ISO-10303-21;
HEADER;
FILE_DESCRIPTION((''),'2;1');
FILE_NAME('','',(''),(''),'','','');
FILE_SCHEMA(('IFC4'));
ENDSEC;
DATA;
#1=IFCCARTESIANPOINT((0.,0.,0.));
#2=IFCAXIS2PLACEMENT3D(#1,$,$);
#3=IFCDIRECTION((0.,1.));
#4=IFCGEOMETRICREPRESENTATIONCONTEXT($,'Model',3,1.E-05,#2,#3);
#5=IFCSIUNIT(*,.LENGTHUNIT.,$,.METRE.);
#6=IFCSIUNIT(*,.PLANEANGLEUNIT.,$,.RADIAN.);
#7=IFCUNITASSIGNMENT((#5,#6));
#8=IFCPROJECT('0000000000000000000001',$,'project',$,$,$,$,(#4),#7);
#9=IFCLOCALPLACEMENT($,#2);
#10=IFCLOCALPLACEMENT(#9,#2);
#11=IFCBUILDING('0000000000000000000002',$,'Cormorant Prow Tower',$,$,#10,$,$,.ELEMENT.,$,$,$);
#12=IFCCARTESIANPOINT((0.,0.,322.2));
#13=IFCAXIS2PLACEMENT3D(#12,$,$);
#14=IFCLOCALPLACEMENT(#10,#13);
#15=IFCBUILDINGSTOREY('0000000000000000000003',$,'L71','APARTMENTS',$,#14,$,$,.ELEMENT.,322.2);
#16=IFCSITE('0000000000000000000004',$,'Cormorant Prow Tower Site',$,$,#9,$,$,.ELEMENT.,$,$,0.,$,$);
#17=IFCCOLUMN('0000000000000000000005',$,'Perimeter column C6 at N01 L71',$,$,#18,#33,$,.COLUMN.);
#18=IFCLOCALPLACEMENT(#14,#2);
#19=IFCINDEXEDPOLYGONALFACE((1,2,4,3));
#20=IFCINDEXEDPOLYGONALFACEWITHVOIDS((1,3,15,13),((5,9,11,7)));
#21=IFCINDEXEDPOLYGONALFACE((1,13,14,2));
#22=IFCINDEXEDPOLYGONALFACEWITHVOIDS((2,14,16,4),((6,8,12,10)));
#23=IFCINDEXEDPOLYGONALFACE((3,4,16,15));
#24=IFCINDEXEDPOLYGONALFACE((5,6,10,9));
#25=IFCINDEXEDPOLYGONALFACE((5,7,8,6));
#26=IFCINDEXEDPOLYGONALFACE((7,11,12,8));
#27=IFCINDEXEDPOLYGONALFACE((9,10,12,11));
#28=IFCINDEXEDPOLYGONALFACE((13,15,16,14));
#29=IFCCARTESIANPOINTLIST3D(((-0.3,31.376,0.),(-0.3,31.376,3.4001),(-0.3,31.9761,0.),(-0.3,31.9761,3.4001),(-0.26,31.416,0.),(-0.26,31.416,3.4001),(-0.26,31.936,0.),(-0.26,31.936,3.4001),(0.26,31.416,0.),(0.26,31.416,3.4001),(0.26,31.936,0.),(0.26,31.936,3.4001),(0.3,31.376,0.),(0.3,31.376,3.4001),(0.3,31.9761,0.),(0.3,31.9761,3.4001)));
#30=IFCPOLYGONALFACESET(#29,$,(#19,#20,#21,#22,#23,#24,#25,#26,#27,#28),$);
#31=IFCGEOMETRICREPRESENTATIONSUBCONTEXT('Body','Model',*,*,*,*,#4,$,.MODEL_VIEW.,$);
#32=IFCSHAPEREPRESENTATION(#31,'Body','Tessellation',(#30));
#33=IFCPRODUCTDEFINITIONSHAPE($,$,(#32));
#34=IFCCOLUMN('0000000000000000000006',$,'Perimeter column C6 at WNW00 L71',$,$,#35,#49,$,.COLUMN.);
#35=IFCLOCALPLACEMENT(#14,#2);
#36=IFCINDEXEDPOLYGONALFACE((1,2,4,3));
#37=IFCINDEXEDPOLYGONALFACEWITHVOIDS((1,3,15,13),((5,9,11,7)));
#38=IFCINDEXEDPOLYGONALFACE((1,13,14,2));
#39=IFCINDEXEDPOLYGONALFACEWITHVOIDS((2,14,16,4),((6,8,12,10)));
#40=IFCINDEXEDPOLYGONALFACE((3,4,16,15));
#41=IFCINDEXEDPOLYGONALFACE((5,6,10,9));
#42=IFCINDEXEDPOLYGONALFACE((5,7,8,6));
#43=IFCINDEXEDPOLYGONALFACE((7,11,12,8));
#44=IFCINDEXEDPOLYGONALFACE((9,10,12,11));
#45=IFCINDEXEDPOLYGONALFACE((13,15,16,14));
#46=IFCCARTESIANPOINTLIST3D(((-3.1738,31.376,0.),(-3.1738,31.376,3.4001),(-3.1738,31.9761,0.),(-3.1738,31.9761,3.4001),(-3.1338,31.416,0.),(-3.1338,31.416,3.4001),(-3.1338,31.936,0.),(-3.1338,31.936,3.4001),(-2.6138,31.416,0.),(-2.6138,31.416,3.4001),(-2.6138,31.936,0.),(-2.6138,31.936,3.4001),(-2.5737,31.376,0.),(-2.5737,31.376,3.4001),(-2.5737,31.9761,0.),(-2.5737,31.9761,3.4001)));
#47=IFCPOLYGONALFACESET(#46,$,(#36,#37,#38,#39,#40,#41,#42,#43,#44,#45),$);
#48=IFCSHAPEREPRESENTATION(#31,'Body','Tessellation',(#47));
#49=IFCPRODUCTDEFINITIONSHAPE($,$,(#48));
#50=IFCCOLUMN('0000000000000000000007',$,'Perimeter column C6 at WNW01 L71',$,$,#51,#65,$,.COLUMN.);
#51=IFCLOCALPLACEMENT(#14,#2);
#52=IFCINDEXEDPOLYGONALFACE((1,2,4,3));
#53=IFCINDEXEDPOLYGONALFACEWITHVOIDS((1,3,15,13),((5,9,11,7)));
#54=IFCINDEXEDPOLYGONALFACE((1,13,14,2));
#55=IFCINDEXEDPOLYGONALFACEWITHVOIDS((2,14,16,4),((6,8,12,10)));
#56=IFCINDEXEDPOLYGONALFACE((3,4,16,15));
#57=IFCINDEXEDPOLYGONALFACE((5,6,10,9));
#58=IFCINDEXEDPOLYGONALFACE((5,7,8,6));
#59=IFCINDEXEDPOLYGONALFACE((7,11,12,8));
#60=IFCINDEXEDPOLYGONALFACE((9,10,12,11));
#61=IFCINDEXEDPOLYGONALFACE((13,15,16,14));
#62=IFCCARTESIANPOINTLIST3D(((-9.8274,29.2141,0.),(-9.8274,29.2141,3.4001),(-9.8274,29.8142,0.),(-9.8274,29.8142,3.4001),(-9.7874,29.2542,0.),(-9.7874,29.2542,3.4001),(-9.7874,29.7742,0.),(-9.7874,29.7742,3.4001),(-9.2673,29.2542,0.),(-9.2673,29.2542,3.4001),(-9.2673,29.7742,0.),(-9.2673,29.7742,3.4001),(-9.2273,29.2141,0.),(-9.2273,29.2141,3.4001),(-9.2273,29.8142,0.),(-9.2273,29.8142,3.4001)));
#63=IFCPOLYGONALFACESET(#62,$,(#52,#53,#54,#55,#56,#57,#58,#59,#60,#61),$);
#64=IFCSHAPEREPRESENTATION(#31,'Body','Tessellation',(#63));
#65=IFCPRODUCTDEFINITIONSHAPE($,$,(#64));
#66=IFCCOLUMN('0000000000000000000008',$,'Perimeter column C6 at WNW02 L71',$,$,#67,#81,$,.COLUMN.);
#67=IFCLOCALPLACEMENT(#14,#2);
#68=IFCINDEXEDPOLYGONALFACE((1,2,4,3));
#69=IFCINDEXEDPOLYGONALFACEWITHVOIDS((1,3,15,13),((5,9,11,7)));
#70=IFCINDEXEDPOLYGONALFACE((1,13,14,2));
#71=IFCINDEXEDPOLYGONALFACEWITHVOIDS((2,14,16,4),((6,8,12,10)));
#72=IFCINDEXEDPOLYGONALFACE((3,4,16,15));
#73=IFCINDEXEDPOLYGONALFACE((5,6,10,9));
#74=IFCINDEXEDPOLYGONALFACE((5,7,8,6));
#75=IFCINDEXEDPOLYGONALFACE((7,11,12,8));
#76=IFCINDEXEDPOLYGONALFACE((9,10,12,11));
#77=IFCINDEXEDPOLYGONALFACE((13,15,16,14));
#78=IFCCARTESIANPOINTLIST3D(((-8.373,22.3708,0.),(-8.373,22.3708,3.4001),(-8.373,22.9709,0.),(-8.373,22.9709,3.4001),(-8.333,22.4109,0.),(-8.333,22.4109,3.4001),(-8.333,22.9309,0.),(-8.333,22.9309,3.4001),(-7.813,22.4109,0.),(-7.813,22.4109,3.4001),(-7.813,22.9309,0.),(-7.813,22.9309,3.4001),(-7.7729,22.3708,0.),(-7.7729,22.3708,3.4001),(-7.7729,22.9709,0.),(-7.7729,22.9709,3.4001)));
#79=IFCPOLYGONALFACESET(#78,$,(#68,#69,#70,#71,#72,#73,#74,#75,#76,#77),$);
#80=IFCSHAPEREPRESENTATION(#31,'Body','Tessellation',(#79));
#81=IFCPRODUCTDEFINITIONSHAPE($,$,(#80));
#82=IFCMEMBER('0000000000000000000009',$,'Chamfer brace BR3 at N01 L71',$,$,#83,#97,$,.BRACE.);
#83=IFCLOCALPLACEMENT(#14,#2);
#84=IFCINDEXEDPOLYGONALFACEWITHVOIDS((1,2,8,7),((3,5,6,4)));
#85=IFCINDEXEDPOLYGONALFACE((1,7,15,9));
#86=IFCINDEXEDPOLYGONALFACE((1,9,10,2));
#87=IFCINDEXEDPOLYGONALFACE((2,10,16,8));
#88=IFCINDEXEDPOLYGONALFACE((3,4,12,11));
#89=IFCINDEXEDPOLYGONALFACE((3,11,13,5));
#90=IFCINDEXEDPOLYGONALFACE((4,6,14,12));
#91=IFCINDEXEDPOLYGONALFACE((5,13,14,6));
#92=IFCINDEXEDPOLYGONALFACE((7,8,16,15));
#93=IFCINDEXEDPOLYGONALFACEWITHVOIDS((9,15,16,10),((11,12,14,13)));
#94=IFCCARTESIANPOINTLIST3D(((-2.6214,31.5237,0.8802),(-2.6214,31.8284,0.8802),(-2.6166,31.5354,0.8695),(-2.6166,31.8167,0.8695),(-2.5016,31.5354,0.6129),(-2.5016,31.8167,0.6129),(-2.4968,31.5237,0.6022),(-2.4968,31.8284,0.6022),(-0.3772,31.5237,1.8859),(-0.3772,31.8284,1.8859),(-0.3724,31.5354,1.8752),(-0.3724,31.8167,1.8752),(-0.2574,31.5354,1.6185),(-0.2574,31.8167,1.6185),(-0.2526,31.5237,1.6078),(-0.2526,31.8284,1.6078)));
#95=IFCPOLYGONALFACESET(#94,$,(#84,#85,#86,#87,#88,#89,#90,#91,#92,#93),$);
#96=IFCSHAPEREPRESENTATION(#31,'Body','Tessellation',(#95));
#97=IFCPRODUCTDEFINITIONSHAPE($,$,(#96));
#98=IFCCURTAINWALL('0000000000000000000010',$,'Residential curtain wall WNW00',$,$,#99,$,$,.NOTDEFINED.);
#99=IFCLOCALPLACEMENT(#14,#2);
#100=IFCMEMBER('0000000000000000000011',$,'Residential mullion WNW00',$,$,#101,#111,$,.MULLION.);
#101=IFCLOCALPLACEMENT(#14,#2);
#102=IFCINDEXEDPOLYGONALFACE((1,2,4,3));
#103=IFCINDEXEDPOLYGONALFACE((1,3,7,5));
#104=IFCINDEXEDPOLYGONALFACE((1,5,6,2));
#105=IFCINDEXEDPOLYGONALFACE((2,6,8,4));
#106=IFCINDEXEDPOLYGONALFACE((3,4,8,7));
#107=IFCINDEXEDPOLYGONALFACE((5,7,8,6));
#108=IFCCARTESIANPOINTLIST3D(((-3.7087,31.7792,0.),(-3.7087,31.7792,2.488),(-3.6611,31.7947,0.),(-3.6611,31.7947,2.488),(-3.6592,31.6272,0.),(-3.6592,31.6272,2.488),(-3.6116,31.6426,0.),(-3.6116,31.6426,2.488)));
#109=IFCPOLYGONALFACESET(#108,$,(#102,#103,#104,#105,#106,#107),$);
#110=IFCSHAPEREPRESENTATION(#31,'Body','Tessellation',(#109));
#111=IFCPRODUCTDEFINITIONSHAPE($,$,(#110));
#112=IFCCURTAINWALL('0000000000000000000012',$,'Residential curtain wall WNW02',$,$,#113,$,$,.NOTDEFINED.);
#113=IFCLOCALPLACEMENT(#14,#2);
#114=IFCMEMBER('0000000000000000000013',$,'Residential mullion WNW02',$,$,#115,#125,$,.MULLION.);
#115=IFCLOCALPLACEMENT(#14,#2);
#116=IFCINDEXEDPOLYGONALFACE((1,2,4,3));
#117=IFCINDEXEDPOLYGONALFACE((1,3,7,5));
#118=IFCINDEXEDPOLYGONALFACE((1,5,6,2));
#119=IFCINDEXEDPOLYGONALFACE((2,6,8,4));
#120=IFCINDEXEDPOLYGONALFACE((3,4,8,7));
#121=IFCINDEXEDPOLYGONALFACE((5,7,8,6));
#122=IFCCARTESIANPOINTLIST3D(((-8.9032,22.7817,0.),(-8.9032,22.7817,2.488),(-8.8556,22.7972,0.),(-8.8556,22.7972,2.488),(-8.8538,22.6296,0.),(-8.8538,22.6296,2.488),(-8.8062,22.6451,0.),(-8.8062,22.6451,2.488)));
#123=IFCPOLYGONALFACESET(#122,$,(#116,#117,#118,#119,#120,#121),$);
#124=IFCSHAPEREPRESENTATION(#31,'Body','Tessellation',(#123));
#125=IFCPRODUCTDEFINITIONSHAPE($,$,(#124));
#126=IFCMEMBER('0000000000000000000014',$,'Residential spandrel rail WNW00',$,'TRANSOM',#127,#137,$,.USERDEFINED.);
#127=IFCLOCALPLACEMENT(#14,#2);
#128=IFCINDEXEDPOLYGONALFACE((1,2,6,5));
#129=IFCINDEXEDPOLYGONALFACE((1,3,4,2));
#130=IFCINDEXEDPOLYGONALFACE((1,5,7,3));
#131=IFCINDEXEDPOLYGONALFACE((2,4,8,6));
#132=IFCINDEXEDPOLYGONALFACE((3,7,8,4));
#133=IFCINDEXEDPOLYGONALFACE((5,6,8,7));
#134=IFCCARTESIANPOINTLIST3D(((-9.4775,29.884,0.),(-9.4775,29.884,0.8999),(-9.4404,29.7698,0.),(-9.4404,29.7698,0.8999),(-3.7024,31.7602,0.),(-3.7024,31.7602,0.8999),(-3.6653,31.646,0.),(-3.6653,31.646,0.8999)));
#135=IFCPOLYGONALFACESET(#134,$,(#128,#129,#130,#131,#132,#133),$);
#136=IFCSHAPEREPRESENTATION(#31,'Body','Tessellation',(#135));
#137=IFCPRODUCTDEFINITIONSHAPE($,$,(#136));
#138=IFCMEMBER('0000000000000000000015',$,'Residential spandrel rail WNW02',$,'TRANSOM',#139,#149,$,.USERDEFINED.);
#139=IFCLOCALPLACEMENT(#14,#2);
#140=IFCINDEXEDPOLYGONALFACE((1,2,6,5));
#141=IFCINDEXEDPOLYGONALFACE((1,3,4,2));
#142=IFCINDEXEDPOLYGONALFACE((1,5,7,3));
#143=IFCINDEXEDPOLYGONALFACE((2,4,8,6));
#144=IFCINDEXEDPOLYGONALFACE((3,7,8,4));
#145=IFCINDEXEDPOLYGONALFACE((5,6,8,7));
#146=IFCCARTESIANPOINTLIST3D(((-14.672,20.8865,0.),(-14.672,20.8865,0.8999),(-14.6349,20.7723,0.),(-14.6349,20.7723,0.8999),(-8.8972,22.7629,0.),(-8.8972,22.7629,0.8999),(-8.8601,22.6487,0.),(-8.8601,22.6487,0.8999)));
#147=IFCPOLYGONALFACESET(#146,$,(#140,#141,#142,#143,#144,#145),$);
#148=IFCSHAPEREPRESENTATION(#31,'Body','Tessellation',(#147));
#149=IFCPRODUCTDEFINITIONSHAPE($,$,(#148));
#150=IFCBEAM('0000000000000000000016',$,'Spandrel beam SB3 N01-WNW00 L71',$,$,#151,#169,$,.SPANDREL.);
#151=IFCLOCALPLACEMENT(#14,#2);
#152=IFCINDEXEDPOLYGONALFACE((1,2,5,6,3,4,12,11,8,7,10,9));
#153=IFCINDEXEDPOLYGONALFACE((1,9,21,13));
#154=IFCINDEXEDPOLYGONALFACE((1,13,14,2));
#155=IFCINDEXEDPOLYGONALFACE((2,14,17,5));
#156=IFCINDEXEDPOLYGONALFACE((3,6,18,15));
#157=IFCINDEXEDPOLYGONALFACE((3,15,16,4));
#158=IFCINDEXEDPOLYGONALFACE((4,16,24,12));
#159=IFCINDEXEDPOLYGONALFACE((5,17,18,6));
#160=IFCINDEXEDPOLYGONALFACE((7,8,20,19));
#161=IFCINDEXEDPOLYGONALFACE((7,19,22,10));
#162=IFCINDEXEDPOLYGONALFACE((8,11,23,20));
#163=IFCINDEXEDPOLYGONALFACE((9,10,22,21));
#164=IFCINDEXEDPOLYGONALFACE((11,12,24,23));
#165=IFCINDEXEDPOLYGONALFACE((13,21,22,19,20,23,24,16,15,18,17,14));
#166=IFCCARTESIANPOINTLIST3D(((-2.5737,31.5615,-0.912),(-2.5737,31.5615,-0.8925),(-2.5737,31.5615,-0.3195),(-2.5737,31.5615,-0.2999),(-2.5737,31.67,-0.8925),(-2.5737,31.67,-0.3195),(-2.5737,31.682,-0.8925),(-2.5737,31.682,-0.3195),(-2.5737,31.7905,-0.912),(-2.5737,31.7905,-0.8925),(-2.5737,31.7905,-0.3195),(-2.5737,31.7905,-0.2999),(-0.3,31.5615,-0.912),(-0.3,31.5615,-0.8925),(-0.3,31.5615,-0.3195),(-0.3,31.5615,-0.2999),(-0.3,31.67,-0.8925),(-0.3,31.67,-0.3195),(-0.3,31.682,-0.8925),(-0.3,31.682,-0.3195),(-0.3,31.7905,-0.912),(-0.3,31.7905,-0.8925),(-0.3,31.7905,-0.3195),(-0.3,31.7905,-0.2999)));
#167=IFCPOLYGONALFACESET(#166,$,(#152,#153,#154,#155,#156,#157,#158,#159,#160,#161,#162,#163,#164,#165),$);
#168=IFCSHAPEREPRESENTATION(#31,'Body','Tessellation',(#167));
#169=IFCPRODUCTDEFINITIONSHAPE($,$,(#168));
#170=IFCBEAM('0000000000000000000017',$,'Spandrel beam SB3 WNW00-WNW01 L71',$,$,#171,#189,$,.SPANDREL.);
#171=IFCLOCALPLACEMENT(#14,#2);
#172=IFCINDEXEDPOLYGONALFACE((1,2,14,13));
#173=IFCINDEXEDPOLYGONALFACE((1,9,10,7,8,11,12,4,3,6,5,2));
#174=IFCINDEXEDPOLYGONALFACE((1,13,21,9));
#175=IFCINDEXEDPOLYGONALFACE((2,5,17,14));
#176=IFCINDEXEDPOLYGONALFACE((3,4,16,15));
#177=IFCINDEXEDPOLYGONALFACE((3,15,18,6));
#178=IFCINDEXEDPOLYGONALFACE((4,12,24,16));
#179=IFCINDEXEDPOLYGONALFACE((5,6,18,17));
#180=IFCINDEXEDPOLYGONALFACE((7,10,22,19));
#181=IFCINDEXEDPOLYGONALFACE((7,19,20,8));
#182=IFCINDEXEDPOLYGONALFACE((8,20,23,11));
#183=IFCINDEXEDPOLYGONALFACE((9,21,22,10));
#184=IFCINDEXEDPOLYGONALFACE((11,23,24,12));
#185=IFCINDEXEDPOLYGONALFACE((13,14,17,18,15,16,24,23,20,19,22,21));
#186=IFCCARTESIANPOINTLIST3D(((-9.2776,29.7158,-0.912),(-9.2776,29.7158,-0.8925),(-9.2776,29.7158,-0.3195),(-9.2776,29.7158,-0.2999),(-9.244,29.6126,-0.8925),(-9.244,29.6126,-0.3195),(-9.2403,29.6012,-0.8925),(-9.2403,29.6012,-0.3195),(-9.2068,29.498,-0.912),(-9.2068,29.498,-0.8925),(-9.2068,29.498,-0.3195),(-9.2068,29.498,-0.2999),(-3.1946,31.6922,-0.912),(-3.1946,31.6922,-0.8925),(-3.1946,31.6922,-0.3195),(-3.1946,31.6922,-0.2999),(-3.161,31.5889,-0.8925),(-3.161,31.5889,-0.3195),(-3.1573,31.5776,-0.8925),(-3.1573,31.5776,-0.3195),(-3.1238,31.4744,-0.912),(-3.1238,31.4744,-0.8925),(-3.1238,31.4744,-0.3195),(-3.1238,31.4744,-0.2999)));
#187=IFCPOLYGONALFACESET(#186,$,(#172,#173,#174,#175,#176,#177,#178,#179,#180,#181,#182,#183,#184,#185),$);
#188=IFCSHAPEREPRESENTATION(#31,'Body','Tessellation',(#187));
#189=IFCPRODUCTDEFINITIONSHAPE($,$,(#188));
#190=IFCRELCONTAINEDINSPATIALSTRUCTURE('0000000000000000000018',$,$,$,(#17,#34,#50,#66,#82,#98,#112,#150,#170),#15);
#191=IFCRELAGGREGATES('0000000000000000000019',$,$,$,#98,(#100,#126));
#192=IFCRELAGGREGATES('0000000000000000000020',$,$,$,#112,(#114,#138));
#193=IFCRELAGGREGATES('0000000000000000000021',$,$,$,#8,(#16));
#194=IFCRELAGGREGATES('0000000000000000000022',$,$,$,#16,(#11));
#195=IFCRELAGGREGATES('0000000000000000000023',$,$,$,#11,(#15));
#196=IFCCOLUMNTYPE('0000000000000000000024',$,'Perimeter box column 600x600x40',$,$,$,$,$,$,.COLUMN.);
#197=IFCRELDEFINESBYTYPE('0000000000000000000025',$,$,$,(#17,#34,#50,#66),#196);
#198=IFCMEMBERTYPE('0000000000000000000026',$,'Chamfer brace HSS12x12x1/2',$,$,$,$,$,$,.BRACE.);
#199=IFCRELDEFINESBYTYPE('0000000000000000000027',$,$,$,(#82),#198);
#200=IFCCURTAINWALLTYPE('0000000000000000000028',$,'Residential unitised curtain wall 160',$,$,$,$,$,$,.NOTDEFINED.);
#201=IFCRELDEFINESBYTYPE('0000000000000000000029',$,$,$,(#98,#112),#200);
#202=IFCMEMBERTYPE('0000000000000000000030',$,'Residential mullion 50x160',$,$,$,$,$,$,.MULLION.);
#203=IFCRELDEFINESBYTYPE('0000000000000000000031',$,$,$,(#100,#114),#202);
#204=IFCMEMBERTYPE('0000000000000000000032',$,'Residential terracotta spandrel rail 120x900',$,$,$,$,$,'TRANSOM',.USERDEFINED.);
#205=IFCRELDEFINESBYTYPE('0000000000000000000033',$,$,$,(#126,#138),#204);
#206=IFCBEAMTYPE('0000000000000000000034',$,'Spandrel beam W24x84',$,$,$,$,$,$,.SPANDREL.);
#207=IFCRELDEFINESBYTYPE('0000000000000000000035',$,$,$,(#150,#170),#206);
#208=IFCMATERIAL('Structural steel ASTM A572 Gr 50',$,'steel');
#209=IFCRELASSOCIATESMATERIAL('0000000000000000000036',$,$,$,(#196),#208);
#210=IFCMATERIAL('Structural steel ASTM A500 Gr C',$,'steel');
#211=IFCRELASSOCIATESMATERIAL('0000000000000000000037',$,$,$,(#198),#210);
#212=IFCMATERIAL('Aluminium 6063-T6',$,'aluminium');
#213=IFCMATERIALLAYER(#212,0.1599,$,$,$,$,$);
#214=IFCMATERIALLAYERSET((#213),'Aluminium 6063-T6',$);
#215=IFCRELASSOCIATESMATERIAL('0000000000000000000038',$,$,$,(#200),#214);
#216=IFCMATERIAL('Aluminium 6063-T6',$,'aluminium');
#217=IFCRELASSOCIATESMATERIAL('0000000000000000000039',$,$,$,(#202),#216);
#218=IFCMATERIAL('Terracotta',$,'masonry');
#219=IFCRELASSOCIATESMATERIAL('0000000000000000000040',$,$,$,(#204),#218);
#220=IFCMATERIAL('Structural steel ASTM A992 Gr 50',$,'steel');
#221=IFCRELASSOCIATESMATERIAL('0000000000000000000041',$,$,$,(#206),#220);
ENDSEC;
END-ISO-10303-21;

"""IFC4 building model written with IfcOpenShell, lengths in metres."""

from ifc_helpers import new_model, si_unit, direction, frame, origin, origin_2d, place, context, subcontext, project, spatial, rectangle, hollow_rectangle, i_section, extrude, material, layer, layer_set, material_profile, profile_set, type_object, element, aggregate, save


model = new_model("IFC4")

# Units and contexts
model_context = context("Model", 3, precision=1e-05, world=origin(), true_north=direction((0.0, 1.0)))
body_context = subcontext(model_context, "Body", "Model", "MODEL_VIEW")
ifc_project = project(units=[si_unit("LENGTHUNIT", "METRE"), si_unit("PLANEANGLEUNIT", "RADIAN")], contexts=[model_context])

# Site, building, storey
site_placement = place(None, origin())
site = spatial("IfcSite", under=ifc_project, at=site_placement, Name="Cormorant Prow Tower Site", CompositionType="ELEMENT", RefElevation=0.0)
building_placement = place(site_placement, origin())
building = spatial("IfcBuilding", under=site, at=building_placement, Name="Cormorant Prow Tower", CompositionType="ELEMENT")
storey_placement = place(building_placement, frame((0.0, 0.0, 322.2)))
storey = spatial("IfcBuildingStorey", under=building, at=storey_placement, Name="L71", Description="APARTMENTS", CompositionType="ELEMENT", Elevation=322.2)

# Columns
ifc_material_1 = material(Name="Structural steel ASTM A572 Gr 50", Category="steel")
ifc_material_profile_1 = material_profile(ifc_material_1, hollow_rectangle(XDim=0.6001, YDim=0.6001, WallThickness=0.04, at=origin_2d()), Name="Box 600x600x40")
ifc_profile_set_1 = profile_set([ifc_material_profile_1], Name="Structural steel ASTM A572 Gr 50")
column_type = type_object("IfcColumnType", Name="Perimeter box column 600x600x40", PredefinedType="COLUMN", material=ifc_profile_set_1)
for number, where, z_axis, x_axis, name in (
    (1, (0.0, 31.676, 0.0), (0.0, 0.0, 1.0), (1.0, 0.0, 0.0), "Perimeter column C6 at N01 L71"),
    (2, (-2.8738, 31.676, 0.0), (0.0, 0.0, 1.0), (1.0, 0.0, 0.0), "Perimeter column C6 at WNW00 L71"),
    (3, (-9.5273, 29.5142, 0.0), (0.0, 0.0, 1.0), (1.0, 0.0, 0.0), "Perimeter column C6 at WNW01 L71"),
    (4, (-8.073, 22.6709, 0.0), (0.0, 0.0, 1.0), (1.0, 0.0, 0.0), "Perimeter column C6 at WNW02 L71"),
):
    element("IfcColumn", number, at=place(storey_placement, frame(where, z_axis=z_axis, x_axis=x_axis)), inside=storey, type_object=column_type, Name=name, PredefinedType="COLUMN", context=body_context, shape_type="SweptSolid", body=[
        extrude(hollow_rectangle(XDim=0.6001, YDim=0.6001, WallThickness=0.04, at=origin_2d()), origin(), (0.0, 0.0, 1.0), 3.4001),
    ])

# Member
ifc_material_2 = material(Name="Structural steel ASTM A500 Gr C", Category="steel")
ifc_material_profile_2 = material_profile(ifc_material_2, hollow_rectangle(XDim=0.3047, YDim=0.3047, WallThickness=0.0117, at=origin_2d()), Name="HSS12x12x1/2")
ifc_profile_set_2 = profile_set([ifc_material_profile_2], Name="Structural steel ASTM A500 Gr C")
member_type_1 = type_object("IfcMemberType", Name="Chamfer brace HSS12x12x1/2", PredefinedType="BRACE", material=ifc_profile_set_2)
member_1_placement = place(storey_placement, frame((-2.5591, 31.676, 0.7412), z_axis=(0.912567, 0.0, 0.408928), x_axis=(0.0, 1.0, 0.0)))
element("IfcMember", 5, at=member_1_placement, inside=storey, type_object=member_type_1, Name="Chamfer brace BR3 at N01 L71", PredefinedType="BRACE", context=body_context, shape_type="SweptSolid", body=[
    extrude(hollow_rectangle(XDim=0.3047, YDim=0.3047, WallThickness=0.0117, at=origin_2d()), origin(), (0.0, 0.0, 1.0), 2.4592),
])

# Curtain walls, members
ifc_material_3 = material(Name="Aluminium 6063-T6", Category="aluminium")
ifc_layer_1 = layer(ifc_material_3, 0.1599)
ifc_layer_set_1 = layer_set([ifc_layer_1], Name="Aluminium 6063-T6")
curtain_wall_type = type_object("IfcCurtainWallType", Name="Residential unitised curtain wall 160", PredefinedType="NOTDEFINED", material=ifc_layer_set_1)
curtain_wall_1_placement = place(storey_placement, origin())
curtain_wall_1 = element("IfcCurtainWall", 6, at=curtain_wall_1_placement, inside=storey, type_object=curtain_wall_type, Name="Residential curtain wall WNW00", PredefinedType="NOTDEFINED")
ifc_material_4 = material(Name="Aluminium 6063-T6", Category="aluminium")
ifc_material_profile_3 = material_profile(ifc_material_4, rectangle(XDim=0.1599, YDim=0.05, at=origin_2d()), Name="Residential mullion 50x160")
ifc_profile_set_3 = profile_set([ifc_material_profile_3], Name="Aluminium 6063-T6")
member_type_2 = type_object("IfcMemberType", Name="Residential mullion 50x160", PredefinedType="MULLION", material=ifc_profile_set_3)
member_2_placement = place(storey_placement, frame((-3.6602, 31.7109, 0.0), z_axis=(0.0, 0.0, 1.0), x_axis=(0.309017, -0.951057, 0.0)))
member_2 = element("IfcMember", 7, at=member_2_placement, type_object=member_type_2, Name="Residential mullion WNW00", PredefinedType="MULLION", context=body_context, shape_type="SweptSolid", body=[
    extrude(rectangle(XDim=0.1599, YDim=0.05, at=origin_2d()), origin(), (0.0, 0.0, 1.0), 2.488),
])
curtain_wall_2_placement = place(storey_placement, origin())
curtain_wall_2 = element("IfcCurtainWall", 8, at=curtain_wall_2_placement, inside=storey, type_object=curtain_wall_type, Name="Residential curtain wall WNW02", PredefinedType="NOTDEFINED")
member_3_placement = place(storey_placement, frame((-8.8547, 22.7134, 0.0), z_axis=(0.0, 0.0, 1.0), x_axis=(0.309017, -0.951057, 0.0)))
member_3 = element("IfcMember", 9, at=member_3_placement, type_object=member_type_2, Name="Residential mullion WNW02", PredefinedType="MULLION", context=body_context, shape_type="SweptSolid", body=[
    extrude(rectangle(XDim=0.1599, YDim=0.05, at=origin_2d()), origin(), (0.0, 0.0, 1.0), 2.488),
])

# Members
ifc_material_5 = material(Name="Terracotta", Category="masonry")
ifc_material_profile_4 = material_profile(ifc_material_5, rectangle(XDim=0.1201, YDim=0.8999, at=origin_2d()), Name="Residential terracotta spandrel rail 120x900")
ifc_profile_set_4 = profile_set([ifc_material_profile_4], Name="Terracotta")
member_type_3 = type_object("IfcMemberType", Name="Residential terracotta spandrel rail 120x900", ElementType="TRANSOM", PredefinedType="USERDEFINED", material=ifc_profile_set_4)
member_4_placement = place(storey_placement, frame((-3.6838, 31.7031, 0.45), z_axis=(-0.951068, -0.308982, 0.0), x_axis=(0.308982, -0.951068, 0.0)))
member_4 = element("IfcMember", 10, at=member_4_placement, type_object=member_type_3, Name="Residential spandrel rail WNW00", ObjectType="TRANSOM", PredefinedType="USERDEFINED", context=body_context, shape_type="SweptSolid", body=[
    extrude(rectangle(XDim=0.1201, YDim=0.8999, at=origin_2d()), origin(), (0.0, 0.0, 1.0), 6.0723),
])
member_5_placement = place(storey_placement, frame((-8.8787, 22.7058, 0.45), z_axis=(-0.951052, -0.30903, 0.0), x_axis=(0.30903, -0.951052, 0.0)))
member_5 = element("IfcMember", 11, at=member_5_placement, type_object=member_type_3, Name="Residential spandrel rail WNW02", ObjectType="TRANSOM", PredefinedType="USERDEFINED", context=body_context, shape_type="SweptSolid", body=[
    extrude(rectangle(XDim=0.1201, YDim=0.8999, at=origin_2d()), origin(), (0.0, 0.0, 1.0), 6.072),
])

# Beams
ifc_material_6 = material(Name="Structural steel ASTM A992 Gr 50", Category="steel")
ifc_material_profile_5 = material_profile(ifc_material_6, i_section(OverallWidth=0.229, OverallDepth=0.6121, WebThickness=0.012, FlangeThickness=0.0195, at=origin_2d()), Name="W24x84")
ifc_profile_set_5 = profile_set([ifc_material_profile_5], Name="Structural steel ASTM A992 Gr 50")
beam_type = type_object("IfcBeamType", Name="Spandrel beam W24x84", PredefinedType="SPANDREL", material=ifc_profile_set_5)
beam_1_placement = place(storey_placement, frame((-0.3, 31.676, -0.606), z_axis=(-1.0, 0.0, 0.0), x_axis=(0.0, -1.0, 0.0)))
element("IfcBeam", 12, at=beam_1_placement, inside=storey, type_object=beam_type, Name="Spandrel beam SB3 N01-WNW00 L71", PredefinedType="SPANDREL", context=body_context, shape_type="SweptSolid", body=[
    extrude(i_section(OverallWidth=0.229, OverallDepth=0.6121, WebThickness=0.012, FlangeThickness=0.0195, at=origin_2d()), origin(), (0.0, 0.0, 1.0), 2.2737),
])
beam_2_placement = place(storey_placement, frame((-3.1592, 31.5833, -0.606), z_axis=(-0.951064, -0.308993, 0.0), x_axis=(0.308993, -0.951064, 0.0)))
element("IfcBeam", 13, at=beam_2_placement, inside=storey, type_object=beam_type, Name="Spandrel beam SB3 WNW00-WNW01 L71", PredefinedType="SPANDREL", context=body_context, shape_type="SweptSolid", body=[
    extrude(i_section(OverallWidth=0.229, OverallDepth=0.6121, WebThickness=0.012, FlangeThickness=0.0195, at=origin_2d()), origin(), (0.0, 0.0, 1.0), 6.396),
])

aggregate(curtain_wall_1, [member_2, member_4])
aggregate(curtain_wall_2, [member_3, member_5])

save(model, "model.ifc")
